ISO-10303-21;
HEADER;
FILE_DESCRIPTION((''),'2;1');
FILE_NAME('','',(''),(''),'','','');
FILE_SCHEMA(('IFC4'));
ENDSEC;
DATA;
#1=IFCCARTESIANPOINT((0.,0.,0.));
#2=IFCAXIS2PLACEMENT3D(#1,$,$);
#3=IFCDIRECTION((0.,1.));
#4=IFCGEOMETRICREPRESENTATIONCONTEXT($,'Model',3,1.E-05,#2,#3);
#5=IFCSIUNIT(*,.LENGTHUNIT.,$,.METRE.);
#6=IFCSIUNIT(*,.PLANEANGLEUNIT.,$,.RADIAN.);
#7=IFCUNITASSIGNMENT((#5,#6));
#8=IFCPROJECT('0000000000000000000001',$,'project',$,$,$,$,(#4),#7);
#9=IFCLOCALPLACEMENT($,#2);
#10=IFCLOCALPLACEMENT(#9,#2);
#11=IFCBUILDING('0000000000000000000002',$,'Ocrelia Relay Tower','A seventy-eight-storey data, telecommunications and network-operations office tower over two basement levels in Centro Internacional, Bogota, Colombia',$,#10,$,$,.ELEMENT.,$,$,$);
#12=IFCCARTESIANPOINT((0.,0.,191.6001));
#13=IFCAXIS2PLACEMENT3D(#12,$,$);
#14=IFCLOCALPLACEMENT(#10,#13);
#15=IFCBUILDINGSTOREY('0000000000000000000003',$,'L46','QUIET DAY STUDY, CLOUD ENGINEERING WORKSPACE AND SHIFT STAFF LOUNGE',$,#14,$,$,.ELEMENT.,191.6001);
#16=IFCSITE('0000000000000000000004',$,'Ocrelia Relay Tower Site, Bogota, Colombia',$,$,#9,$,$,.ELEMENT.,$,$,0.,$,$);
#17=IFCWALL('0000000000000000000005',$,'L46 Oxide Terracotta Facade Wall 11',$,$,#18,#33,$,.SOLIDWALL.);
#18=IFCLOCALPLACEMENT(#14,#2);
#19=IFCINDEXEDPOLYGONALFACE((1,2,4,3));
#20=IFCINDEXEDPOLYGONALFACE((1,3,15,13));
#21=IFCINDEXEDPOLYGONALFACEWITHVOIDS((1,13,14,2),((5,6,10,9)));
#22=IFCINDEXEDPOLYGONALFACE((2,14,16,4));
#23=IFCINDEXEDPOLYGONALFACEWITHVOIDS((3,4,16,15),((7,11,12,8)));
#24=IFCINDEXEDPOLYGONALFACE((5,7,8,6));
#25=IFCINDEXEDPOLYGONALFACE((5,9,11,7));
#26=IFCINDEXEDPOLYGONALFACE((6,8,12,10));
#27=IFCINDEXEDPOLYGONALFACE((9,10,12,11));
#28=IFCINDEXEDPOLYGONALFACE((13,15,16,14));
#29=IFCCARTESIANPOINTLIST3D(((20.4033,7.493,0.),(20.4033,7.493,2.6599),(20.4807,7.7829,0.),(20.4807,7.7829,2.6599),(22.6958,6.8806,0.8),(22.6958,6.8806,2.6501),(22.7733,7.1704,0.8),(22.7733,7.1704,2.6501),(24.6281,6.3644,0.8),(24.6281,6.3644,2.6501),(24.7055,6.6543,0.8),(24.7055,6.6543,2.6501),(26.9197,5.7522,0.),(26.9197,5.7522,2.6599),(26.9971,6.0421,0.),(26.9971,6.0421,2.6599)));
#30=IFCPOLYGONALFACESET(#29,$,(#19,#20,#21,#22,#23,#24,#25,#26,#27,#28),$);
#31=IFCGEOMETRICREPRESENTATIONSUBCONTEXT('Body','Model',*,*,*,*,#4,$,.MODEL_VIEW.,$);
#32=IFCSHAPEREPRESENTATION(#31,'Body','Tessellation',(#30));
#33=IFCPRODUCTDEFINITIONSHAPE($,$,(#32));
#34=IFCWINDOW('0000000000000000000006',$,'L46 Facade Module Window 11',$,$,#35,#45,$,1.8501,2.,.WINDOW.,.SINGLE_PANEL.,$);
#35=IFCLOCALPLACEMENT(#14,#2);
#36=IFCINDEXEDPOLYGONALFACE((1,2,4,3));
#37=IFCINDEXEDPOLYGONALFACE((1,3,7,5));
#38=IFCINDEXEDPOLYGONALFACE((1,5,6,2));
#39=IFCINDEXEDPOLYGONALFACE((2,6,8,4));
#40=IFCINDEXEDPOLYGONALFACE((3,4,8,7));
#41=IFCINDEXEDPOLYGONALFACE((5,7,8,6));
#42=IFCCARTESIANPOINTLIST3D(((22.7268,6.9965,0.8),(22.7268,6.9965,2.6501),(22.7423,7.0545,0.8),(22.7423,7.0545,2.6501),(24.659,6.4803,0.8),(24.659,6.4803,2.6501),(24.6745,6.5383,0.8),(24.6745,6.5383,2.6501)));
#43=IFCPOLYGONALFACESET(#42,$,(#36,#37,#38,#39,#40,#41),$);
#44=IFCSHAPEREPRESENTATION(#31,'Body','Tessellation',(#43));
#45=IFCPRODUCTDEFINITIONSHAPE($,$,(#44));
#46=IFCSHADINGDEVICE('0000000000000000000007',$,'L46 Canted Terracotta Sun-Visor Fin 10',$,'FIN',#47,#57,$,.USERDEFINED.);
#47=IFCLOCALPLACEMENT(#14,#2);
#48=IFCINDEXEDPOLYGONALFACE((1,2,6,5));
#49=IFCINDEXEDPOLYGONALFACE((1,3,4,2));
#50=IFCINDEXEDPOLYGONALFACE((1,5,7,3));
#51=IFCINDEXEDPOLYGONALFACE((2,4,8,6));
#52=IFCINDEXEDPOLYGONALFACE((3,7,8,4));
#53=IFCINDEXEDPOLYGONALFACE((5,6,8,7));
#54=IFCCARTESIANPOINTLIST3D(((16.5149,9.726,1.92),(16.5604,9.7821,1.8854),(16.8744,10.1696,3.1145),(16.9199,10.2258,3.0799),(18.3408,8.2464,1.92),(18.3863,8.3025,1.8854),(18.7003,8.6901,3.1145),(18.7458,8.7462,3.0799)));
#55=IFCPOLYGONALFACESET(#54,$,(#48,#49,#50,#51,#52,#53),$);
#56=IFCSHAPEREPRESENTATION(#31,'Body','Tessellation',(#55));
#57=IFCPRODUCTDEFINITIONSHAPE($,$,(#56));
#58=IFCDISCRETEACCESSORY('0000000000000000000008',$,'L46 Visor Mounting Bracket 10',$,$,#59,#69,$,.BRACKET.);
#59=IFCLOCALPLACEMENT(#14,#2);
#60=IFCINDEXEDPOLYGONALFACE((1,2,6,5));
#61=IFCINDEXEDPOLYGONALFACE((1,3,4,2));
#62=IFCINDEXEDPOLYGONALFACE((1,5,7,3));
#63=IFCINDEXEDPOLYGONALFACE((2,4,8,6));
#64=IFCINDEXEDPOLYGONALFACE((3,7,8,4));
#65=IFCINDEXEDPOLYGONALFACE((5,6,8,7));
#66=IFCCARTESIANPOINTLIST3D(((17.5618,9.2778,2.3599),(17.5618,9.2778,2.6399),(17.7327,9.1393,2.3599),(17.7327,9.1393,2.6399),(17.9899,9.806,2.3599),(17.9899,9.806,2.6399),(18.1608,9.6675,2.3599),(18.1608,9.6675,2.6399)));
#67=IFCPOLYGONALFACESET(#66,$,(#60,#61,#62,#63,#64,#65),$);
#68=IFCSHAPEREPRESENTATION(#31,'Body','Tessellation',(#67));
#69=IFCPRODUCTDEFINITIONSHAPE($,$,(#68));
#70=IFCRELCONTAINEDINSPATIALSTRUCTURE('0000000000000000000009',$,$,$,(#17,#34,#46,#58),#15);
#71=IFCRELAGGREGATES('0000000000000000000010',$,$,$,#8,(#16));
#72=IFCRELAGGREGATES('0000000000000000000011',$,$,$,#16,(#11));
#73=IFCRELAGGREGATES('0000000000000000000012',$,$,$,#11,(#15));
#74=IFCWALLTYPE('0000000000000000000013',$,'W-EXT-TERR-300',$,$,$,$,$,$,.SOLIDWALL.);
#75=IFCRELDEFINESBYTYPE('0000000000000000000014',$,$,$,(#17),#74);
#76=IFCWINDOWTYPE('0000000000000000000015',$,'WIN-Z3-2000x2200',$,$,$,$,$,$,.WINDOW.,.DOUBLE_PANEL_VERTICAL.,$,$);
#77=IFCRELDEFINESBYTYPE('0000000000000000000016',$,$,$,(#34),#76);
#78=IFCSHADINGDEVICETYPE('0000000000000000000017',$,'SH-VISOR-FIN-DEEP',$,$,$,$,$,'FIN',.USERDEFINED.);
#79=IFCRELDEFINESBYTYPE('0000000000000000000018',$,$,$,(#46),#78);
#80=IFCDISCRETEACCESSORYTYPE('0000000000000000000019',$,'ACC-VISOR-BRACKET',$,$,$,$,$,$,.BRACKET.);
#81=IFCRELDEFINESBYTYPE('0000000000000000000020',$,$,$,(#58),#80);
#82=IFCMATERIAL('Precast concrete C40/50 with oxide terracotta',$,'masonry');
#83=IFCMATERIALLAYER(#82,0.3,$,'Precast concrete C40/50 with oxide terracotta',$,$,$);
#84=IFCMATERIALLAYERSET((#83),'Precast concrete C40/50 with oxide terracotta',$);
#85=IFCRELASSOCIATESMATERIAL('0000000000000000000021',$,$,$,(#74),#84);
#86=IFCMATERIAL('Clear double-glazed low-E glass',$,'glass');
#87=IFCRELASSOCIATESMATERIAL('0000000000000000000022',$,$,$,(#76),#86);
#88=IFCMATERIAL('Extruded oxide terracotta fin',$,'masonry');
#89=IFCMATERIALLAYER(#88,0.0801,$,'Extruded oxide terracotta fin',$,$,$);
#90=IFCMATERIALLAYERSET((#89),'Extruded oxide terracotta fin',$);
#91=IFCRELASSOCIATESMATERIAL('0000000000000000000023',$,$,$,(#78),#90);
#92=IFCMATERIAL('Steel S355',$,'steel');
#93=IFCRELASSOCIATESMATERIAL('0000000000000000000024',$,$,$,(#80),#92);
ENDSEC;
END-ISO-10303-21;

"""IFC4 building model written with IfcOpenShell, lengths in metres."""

from ifc_helpers import new_model, si_unit, direction, frame, frame_2d, origin, origin_2d, place, context, subcontext, project, spatial, rectangle, extrude, material, layer, layer_set, type_object, element, fill, save


model = new_model("IFC4")

# Units and contexts
model_context = context("Model", 3, precision=1e-05, world=origin(), true_north=direction((0.0, 1.0)))
body_context = subcontext(model_context, "Body", "Model", "MODEL_VIEW")
ifc_project = project(units=[si_unit("LENGTHUNIT", "METRE"), si_unit("PLANEANGLEUNIT", "RADIAN")], contexts=[model_context])

# Site, building, storey
site_placement = place(None, origin())
site = spatial("IfcSite", under=ifc_project, at=site_placement, Name="Ocrelia Relay Tower Site, Bogota, Colombia", CompositionType="ELEMENT", RefElevation=0.0)
building_placement = place(site_placement, origin())
building = spatial("IfcBuilding", under=site, at=building_placement, Name="Ocrelia Relay Tower", Description="A seventy-eight-storey data, telecommunications and network-operations office tower over two basement levels in Centro Internacional, Bogota, Colombia", CompositionType="ELEMENT")
storey_placement = place(building_placement, frame((0.0, 0.0, 191.6001)))
storey = spatial("IfcBuildingStorey", under=building, at=storey_placement, Name="L46", Description="QUIET DAY STUDY, CLOUD ENGINEERING WORKSPACE AND SHIFT STAFF LOUNGE", CompositionType="ELEMENT", Elevation=191.6001)

# Shared definitions
ifc_material_1 = material(Name="Steel S355", Category="steel")

# Shared definitions
ifc_material_2 = material(Name="Clear double-glazed low-E glass", Category="glass")

# Wall, opening, window
ifc_material_3 = material(Name="Precast concrete C40/50 with oxide terracotta", Category="masonry")
ifc_layer_1 = layer(ifc_material_3, 0.3, Name="Precast concrete C40/50 with oxide terracotta")
ifc_layer_set_1 = layer_set([ifc_layer_1], Name="Precast concrete C40/50 with oxide terracotta")
wall_type = type_object("IfcWallType", Name="W-EXT-TERR-300", PredefinedType="SOLIDWALL", material=ifc_layer_set_1)
wall_placement = place(storey_placement, frame((20.4419, 7.6379, 0.0), z_axis=(0.0, 0.0, 1.0), x_axis=(0.966123, -0.258082, 0.0)))
wall = element("IfcWall", 1, at=wall_placement, inside=storey, type_object=wall_type, Name="L46 Oxide Terracotta Facade Wall 11", PredefinedType="SOLIDWALL", context=body_context, shape_type="SweptSolid", body=[
    extrude(rectangle(XDim=6.7449, YDim=0.3, at=frame_2d((3.3726, 0.0))), origin(), (0.0, 0.0, 1.0), 2.6599),
])
opening_placement = place(wall_placement, frame((2.373, 0.0, 0.8)))
opening = element("IfcOpeningElement", 2, at=opening_placement, cuts=wall, PredefinedType="OPENING", context=body_context, shape_type="SweptSolid", body=[
    extrude(rectangle(XDim=2.0, YDim=1.8501, at=frame_2d((1.0, 0.925))), frame((0.0, 0.1602, 0.0), z_axis=(0.0, -1.0, 0.0), x_axis=(1.0, 0.0, 0.0)), (0.0, 0.0, 1.0), 0.3201),
])
window_type = type_object("IfcWindowType", Name="WIN-Z3-2000x2200", PartitioningType="DOUBLE_PANEL_VERTICAL", PredefinedType="WINDOW", material=ifc_material_2)
window_placement = place(opening_placement, origin())
window = element("IfcWindow", 3, at=window_placement, inside=storey, type_object=window_type, Name="L46 Facade Module Window 11", OverallHeight=1.8501, OverallWidth=2.0, PartitioningType="SINGLE_PANEL", PredefinedType="WINDOW", context=body_context, shape_type="SweptSolid", body=[
    extrude(rectangle(XDim=2.0, YDim=1.8501, at=frame_2d((1.0, 0.925))), frame((0.0, 0.03, 0.0), z_axis=(0.0, -1.0, 0.0), x_axis=(1.0, 0.0, 0.0)), (0.0, 0.0, 1.0), 0.0601),
])
fill(opening, window)

# Shading device
ifc_material_4 = material(Name="Extruded oxide terracotta fin", Category="masonry")
ifc_layer_2 = layer(ifc_material_4, 0.0801, Name="Extruded oxide terracotta fin")
ifc_layer_set_2 = layer_set([ifc_layer_2], Name="Extruded oxide terracotta fin")
shading_device_type = type_object("IfcShadingDeviceType", Name="SH-VISOR-FIN-DEEP", ElementType="FIN", PredefinedType="USERDEFINED", material=ifc_layer_set_2)
shading_device_placement = place(storey_placement, frame((17.6531, 9.2642, 2.4827), z_axis=(-0.568013, -0.700959, 0.431299), x_axis=(0.776936, -0.62958, 0.0)))
element("IfcShadingDevice", 4, at=shading_device_placement, inside=storey, type_object=shading_device_type, Name="L46 Canted Terracotta Sun-Visor Fin 10", ObjectType="FIN", PredefinedType="USERDEFINED", context=body_context, shape_type="SweptSolid", body=[
    extrude(rectangle(XDim=2.3501, YDim=1.324, at=origin_2d()), origin(), (0.0, 0.0, 1.0), 0.0801),
])

# Discrete accessory
discrete_accessory_type = type_object("IfcDiscreteAccessoryType", Name="ACC-VISOR-BRACKET", PredefinedType="BRACKET", material=ifc_material_1)
discrete_accessory_placement = place(storey_placement, frame((17.8613, 9.4727, 2.3599), z_axis=(0.0, 0.0, 1.0), x_axis=(0.776936, -0.62958, 0.0)))
element("IfcDiscreteAccessory", 5, at=discrete_accessory_placement, inside=storey, type_object=discrete_accessory_type, Name="L46 Visor Mounting Bracket 10", PredefinedType="BRACKET", context=body_context, shape_type="SweptSolid", body=[
    extrude(rectangle(XDim=0.22, YDim=0.6799, at=origin_2d()), origin(), (0.0, 0.0, 1.0), 0.28),
])

save(model, "model.ifc")
